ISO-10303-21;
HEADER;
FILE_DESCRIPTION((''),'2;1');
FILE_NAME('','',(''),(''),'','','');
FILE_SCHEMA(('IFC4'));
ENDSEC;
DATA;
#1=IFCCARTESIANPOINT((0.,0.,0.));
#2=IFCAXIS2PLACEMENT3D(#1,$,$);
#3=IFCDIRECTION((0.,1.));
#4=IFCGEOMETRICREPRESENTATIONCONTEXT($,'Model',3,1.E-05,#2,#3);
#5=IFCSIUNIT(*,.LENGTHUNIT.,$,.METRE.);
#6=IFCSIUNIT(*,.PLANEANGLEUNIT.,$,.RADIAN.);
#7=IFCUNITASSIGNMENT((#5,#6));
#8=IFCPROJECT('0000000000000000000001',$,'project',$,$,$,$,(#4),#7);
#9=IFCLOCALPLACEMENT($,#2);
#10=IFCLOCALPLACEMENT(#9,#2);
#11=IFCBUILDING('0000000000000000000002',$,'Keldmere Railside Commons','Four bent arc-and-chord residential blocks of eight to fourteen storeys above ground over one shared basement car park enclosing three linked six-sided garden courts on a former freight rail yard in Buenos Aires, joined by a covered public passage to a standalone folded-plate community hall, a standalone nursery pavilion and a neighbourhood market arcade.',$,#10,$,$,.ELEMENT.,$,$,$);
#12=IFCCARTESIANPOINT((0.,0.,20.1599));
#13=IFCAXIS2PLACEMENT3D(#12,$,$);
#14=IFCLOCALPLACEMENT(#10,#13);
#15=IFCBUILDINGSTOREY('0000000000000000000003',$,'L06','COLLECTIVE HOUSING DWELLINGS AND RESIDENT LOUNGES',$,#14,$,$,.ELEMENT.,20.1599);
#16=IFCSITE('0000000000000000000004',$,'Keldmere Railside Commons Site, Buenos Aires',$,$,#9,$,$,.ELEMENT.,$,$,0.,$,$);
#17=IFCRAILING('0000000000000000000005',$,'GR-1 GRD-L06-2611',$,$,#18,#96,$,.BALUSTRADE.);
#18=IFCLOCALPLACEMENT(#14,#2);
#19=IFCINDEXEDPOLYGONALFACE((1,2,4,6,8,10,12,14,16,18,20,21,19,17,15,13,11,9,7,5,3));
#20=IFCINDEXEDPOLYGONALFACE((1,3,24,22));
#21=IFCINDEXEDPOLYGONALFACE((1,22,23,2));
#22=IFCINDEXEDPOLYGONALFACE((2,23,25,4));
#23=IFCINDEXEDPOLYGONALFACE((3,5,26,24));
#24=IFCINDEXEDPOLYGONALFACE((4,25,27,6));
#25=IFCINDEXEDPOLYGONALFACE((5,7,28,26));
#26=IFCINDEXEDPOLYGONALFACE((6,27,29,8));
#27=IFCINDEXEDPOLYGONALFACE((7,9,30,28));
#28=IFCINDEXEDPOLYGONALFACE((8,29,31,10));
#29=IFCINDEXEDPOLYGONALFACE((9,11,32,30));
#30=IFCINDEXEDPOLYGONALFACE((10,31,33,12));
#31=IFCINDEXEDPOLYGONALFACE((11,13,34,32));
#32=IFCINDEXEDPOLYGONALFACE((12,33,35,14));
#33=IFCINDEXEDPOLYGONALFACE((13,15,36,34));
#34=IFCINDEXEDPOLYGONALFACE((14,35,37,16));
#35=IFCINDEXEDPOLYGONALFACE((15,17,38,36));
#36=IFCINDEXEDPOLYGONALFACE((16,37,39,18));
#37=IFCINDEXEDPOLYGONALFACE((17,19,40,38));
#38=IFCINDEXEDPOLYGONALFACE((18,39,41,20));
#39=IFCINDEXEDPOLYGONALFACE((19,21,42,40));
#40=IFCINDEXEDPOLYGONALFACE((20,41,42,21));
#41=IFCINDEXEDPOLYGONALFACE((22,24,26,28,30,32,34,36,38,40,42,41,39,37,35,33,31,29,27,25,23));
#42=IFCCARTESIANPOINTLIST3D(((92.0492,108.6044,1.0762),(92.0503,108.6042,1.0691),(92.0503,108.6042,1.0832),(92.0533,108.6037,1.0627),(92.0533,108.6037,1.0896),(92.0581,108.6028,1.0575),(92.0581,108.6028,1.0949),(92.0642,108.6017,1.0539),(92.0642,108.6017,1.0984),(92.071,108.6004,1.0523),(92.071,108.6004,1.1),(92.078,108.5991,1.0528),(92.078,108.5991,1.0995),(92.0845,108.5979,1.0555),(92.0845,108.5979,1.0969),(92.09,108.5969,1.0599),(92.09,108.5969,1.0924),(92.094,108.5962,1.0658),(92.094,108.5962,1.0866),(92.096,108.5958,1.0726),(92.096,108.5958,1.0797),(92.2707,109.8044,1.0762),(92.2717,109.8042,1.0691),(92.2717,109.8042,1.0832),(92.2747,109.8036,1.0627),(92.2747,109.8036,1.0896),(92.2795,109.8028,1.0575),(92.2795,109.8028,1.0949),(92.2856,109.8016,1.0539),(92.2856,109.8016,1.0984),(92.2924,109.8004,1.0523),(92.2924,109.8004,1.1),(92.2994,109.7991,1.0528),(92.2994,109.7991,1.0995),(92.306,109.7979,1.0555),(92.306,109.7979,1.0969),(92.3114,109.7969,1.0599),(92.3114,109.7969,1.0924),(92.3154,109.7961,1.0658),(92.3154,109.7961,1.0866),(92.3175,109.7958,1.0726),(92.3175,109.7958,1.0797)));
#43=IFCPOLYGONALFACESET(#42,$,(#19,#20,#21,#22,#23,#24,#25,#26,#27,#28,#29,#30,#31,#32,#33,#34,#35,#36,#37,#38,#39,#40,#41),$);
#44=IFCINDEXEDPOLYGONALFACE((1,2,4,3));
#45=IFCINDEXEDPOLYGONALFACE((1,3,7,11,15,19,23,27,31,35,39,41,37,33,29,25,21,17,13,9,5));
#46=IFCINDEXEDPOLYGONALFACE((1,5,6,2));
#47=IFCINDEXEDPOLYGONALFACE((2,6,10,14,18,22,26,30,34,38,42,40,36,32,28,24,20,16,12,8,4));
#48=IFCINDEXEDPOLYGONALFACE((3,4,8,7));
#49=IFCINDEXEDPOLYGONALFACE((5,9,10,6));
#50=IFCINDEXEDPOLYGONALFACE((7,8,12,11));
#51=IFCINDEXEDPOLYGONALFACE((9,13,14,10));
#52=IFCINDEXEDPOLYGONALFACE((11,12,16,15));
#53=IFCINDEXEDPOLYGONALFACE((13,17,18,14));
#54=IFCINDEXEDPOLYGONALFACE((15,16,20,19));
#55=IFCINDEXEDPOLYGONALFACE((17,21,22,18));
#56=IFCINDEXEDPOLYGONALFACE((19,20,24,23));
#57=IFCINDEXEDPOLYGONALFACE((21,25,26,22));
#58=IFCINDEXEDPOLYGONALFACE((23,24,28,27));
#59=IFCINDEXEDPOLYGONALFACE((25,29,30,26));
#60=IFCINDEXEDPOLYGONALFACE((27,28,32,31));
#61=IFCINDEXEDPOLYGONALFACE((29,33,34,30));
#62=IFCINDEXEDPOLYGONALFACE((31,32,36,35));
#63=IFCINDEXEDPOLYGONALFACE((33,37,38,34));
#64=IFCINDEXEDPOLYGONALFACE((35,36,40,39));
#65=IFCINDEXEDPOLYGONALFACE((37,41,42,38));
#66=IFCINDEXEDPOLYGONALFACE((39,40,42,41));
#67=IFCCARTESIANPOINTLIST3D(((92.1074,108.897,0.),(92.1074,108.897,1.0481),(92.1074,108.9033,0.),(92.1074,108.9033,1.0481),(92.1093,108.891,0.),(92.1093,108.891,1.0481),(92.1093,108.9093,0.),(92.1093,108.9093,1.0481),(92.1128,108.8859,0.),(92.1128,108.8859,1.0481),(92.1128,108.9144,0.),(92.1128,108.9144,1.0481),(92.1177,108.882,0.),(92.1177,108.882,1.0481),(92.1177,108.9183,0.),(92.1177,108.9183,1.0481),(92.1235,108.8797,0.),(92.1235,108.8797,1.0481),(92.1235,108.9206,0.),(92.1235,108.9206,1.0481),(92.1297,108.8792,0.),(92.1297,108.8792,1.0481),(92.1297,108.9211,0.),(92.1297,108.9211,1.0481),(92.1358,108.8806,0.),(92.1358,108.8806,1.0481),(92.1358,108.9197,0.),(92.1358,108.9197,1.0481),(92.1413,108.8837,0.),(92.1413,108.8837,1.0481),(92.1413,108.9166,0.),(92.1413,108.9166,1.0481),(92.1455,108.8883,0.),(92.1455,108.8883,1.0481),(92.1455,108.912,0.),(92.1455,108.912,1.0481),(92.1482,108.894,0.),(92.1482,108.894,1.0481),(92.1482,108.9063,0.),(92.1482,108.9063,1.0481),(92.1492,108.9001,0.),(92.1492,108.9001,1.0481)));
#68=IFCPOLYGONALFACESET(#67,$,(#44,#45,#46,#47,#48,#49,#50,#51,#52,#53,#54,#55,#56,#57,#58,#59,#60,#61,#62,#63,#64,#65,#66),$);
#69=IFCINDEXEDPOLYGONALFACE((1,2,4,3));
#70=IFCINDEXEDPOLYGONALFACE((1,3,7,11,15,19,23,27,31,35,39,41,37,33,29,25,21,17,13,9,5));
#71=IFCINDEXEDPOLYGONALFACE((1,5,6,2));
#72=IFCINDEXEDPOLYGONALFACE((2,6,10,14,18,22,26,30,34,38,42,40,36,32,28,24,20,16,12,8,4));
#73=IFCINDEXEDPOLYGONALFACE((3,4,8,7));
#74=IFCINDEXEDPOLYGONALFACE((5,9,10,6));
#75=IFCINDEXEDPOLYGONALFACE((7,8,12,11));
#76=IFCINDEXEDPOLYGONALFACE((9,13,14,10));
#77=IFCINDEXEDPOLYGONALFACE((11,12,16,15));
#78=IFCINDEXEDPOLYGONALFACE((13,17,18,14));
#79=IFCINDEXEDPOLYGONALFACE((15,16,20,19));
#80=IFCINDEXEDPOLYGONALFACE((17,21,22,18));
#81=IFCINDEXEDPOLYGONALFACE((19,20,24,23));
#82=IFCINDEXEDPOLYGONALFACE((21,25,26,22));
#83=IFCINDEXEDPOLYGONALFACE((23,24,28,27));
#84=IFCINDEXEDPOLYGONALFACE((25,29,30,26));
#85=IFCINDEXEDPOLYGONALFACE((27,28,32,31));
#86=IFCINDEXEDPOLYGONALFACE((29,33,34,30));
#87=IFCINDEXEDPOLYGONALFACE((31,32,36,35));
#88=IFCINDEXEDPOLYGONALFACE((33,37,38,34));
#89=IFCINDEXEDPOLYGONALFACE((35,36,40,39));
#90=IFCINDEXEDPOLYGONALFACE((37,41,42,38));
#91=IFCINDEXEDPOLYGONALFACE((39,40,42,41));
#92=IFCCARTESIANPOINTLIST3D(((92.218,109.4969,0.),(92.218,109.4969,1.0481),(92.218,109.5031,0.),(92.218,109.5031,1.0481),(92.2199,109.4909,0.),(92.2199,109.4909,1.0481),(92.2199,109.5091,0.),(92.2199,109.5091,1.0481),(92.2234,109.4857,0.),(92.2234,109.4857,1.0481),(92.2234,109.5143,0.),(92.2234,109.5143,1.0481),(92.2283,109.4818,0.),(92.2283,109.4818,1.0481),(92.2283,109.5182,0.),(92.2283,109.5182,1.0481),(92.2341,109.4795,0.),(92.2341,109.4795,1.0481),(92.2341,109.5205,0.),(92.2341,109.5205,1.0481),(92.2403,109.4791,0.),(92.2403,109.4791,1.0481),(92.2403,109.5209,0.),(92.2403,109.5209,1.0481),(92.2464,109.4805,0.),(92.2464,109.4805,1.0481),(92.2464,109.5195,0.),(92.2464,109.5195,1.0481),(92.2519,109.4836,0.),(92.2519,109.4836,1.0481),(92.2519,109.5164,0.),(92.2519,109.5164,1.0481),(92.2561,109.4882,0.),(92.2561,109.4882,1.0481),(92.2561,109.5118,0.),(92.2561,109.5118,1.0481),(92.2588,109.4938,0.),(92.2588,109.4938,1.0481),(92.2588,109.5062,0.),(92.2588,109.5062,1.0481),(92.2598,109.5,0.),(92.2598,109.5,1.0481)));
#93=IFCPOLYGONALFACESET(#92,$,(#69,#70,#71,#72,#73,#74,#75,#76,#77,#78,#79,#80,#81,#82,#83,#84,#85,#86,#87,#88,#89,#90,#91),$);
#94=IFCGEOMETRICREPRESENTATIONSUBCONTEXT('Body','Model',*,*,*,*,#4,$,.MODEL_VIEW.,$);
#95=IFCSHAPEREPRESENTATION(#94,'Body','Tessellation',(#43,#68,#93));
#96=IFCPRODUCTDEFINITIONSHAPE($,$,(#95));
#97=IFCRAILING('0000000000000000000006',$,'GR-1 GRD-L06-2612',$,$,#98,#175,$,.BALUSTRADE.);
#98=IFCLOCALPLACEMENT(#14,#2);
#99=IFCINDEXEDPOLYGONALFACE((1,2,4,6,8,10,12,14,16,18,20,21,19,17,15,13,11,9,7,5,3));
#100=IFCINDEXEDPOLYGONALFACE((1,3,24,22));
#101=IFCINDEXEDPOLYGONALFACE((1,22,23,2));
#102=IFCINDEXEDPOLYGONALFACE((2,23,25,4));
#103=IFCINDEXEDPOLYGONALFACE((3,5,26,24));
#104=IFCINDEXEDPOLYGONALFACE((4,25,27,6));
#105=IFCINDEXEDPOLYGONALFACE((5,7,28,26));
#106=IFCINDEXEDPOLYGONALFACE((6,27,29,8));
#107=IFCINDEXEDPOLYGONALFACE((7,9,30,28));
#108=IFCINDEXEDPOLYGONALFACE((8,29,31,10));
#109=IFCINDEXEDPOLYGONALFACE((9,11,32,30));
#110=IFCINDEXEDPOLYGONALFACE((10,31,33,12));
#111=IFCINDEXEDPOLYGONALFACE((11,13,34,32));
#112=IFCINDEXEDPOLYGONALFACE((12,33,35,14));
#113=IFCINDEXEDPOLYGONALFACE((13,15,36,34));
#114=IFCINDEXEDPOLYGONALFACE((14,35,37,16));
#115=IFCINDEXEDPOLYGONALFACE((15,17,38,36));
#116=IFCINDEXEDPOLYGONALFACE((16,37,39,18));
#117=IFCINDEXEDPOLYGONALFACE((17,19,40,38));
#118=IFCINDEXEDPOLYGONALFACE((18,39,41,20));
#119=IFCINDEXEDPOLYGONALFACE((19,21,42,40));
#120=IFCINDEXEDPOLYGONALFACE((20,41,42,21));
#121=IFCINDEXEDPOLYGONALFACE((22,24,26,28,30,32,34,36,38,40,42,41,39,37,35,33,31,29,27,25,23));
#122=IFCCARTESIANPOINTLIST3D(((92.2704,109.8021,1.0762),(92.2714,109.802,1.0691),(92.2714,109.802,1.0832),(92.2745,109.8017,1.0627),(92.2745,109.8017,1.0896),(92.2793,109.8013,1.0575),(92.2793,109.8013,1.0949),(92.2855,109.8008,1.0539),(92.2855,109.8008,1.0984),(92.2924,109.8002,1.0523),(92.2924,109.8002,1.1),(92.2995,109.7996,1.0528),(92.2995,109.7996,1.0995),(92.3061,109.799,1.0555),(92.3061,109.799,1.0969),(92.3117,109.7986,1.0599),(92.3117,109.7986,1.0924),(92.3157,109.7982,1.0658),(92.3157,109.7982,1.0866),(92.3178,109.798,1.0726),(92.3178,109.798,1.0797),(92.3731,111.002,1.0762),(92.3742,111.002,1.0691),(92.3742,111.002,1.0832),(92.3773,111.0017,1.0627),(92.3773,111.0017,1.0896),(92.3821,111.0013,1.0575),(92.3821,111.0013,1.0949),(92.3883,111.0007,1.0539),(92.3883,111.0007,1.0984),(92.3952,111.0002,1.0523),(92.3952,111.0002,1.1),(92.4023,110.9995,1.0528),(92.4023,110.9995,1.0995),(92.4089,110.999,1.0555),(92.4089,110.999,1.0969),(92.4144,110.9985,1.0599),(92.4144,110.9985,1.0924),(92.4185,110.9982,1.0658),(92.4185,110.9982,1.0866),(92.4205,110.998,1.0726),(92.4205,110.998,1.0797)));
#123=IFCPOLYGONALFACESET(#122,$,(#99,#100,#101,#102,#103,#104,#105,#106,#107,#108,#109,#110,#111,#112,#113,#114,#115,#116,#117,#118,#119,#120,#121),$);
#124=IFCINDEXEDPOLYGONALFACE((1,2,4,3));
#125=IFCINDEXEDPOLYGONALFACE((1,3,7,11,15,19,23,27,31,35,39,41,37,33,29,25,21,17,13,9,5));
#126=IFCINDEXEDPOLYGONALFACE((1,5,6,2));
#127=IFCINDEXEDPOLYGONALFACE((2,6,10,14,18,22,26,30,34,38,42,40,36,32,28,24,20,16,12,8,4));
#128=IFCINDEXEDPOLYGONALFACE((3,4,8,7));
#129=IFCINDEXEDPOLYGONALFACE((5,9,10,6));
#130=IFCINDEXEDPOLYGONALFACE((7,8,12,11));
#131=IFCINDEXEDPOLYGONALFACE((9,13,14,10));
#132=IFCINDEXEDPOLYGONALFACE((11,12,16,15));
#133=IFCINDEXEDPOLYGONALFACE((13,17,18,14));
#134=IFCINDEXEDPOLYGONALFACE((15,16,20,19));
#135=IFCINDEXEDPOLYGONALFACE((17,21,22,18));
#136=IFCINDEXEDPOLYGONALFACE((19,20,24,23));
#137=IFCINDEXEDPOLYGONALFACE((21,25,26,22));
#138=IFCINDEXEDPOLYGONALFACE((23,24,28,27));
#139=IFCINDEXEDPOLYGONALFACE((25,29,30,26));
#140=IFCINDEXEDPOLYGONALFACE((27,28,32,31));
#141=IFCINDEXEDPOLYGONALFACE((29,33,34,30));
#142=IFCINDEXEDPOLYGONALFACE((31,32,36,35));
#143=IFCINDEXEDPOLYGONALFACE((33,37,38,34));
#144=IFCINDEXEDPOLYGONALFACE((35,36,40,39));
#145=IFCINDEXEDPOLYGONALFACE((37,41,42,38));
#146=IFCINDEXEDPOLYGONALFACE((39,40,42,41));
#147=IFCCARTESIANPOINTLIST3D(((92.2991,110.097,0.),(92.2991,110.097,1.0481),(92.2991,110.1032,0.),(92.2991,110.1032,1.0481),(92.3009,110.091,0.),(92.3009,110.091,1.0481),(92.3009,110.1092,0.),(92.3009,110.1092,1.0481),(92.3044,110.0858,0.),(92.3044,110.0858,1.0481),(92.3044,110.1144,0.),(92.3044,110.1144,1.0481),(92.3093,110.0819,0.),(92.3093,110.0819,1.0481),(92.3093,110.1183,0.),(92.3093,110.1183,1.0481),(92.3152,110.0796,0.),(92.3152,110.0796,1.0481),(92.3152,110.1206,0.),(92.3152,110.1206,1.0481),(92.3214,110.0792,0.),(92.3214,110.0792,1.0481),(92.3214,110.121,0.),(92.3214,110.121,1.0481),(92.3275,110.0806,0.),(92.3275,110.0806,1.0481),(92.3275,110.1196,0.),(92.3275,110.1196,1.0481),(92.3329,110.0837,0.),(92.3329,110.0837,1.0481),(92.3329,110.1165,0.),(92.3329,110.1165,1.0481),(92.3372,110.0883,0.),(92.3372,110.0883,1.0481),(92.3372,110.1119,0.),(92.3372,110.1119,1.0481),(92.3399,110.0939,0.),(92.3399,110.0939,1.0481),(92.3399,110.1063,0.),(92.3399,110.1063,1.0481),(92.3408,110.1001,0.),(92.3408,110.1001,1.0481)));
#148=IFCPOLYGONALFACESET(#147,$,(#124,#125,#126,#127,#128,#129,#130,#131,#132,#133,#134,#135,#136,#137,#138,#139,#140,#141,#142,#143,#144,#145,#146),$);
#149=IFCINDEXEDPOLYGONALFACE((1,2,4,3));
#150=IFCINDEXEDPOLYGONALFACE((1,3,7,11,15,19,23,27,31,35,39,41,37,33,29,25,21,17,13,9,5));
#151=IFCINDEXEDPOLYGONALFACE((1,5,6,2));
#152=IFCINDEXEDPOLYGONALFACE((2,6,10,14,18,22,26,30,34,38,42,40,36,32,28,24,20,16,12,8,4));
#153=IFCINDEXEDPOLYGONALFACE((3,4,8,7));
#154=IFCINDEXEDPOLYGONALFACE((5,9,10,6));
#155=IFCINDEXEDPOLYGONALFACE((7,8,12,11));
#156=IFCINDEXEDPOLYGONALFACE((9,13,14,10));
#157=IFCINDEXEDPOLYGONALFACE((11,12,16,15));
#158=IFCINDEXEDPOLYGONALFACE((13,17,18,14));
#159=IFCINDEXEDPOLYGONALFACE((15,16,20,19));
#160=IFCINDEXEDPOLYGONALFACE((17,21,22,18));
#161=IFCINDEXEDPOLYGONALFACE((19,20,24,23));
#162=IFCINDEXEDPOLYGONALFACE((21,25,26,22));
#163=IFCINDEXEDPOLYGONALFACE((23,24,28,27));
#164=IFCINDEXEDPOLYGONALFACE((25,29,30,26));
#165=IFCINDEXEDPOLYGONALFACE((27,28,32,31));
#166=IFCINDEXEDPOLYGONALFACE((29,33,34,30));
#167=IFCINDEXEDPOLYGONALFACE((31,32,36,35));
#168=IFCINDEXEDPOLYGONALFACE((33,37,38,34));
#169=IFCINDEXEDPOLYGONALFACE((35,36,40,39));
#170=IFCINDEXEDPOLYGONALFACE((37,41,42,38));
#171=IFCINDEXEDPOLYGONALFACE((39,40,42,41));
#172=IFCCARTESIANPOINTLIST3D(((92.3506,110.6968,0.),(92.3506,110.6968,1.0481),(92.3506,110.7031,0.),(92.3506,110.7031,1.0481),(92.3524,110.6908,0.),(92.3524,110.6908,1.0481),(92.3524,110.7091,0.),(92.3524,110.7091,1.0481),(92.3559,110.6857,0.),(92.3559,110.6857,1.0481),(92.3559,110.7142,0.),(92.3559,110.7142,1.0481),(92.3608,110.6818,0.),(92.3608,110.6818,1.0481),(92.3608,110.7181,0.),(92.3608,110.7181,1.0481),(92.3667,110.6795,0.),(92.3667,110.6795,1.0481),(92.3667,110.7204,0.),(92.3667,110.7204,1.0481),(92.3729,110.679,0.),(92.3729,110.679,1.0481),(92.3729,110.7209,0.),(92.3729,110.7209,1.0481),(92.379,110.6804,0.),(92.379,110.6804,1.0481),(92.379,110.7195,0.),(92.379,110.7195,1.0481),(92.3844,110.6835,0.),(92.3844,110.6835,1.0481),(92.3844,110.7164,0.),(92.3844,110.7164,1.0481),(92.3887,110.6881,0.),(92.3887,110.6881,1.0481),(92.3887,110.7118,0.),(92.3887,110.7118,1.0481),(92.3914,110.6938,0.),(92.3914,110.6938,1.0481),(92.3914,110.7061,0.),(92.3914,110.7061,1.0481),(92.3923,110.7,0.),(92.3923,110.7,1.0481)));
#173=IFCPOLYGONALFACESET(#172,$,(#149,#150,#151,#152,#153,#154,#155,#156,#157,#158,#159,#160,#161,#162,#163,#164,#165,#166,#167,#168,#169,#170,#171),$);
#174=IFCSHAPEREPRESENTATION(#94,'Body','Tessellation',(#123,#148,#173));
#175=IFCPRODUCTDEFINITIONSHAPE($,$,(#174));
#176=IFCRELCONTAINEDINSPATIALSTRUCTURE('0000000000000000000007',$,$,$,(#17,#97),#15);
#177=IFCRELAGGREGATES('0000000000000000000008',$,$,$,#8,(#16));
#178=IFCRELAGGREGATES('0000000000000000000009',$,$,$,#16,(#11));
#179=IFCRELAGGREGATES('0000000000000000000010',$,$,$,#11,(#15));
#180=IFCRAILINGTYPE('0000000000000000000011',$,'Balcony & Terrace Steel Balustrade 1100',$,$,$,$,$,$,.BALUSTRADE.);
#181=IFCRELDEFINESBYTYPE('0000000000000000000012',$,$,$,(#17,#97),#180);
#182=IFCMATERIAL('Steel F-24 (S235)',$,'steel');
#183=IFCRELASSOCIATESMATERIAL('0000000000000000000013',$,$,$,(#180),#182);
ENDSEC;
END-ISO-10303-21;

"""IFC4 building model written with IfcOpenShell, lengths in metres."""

from ifc_helpers import new_model, si_unit, direction, frame, origin, origin_2d, place, context, subcontext, project, spatial, circle, extrude, material, type_object, element, save


model = new_model("IFC4")

# Units and contexts
model_context = context("Model", 3, precision=1e-05, world=origin(), true_north=direction((0.0, 1.0)))
body_context = subcontext(model_context, "Body", "Model", "MODEL_VIEW")
ifc_project = project(units=[si_unit("LENGTHUNIT", "METRE"), si_unit("PLANEANGLEUNIT", "RADIAN")], contexts=[model_context])

# Site, building, storey
site_placement = place(None, origin())
site = spatial("IfcSite", under=ifc_project, at=site_placement, Name="Keldmere Railside Commons Site, Buenos Aires", CompositionType="ELEMENT", RefElevation=0.0)
building_placement = place(site_placement, origin())
building = spatial("IfcBuilding", under=site, at=building_placement, Name="Keldmere Railside Commons", Description="Four bent arc-and-chord residential blocks of eight to fourteen storeys above ground over one shared basement car park enclosing three linked six-sided garden courts on a former freight rail yard in Buenos Aires, joined by a covered public passage to a standalone folded-plate community hall, a standalone nursery pavilion and a neighbourhood market arcade.", CompositionType="ELEMENT")
storey_placement = place(building_placement, frame((0.0, 0.0, 20.1599)))
storey = spatial("IfcBuildingStorey", under=building, at=storey_placement, Name="L06", Description="COLLECTIVE HOUSING DWELLINGS AND RESIDENT LOUNGES", CompositionType="ELEMENT", Elevation=20.1599)

# Railings
ifc_material_1 = material(Name="Steel F-24 (S235)", Category="steel")
railing_type = type_object("IfcRailingType", Name="Balcony & Terrace Steel Balustrade 1100", PredefinedType="BALUSTRADE", material=ifc_material_1)
railing_1_placement = place(storey_placement, frame((92.0728, 108.6001, 0.0)))
element("IfcRailing", 1, at=railing_1_placement, inside=storey, type_object=railing_type, Name="GR-1 GRD-L06-2611", PredefinedType="BALUSTRADE", context=body_context, shape_type="SweptSolid", body=[
    extrude(circle(Radius=0.0239, at=origin_2d()), frame((0.0, 0.0, 1.0762), z_axis=(0.181473, 0.983396, 0.0), x_axis=(-0.983396, 0.181473, 0.0)), (0.0, 0.0, 1.0), 1.2202),
    extrude(circle(Radius=0.021, at=origin_2d()), frame((0.0554, 0.3, 0.0)), (0.0, 0.0, 1.0), 1.0481),
    extrude(circle(Radius=0.021, at=origin_2d()), frame((0.166, 0.8999, 0.0)), (0.0, 0.0, 1.0), 1.0481),
])
railing_2_placement = place(storey_placement, frame((92.2942, 109.8, 0.0)))
element("IfcRailing", 2, at=railing_2_placement, inside=storey, type_object=railing_type, Name="GR-1 GRD-L06-2612", PredefinedType="BALUSTRADE", context=body_context, shape_type="SweptSolid", body=[
    extrude(circle(Radius=0.0239, at=origin_2d()), frame((0.0, 0.0, 1.0762), z_axis=(0.085344, 0.996352, 0.0), x_axis=(-0.996352, 0.085344, 0.0)), (0.0, 0.0, 1.0), 1.2043),
    extrude(circle(Radius=0.021, at=origin_2d()), frame((0.0256, 0.3, 0.0)), (0.0, 0.0, 1.0), 1.0481),
    extrude(circle(Radius=0.021, at=origin_2d()), frame((0.0771, 0.8999, 0.0)), (0.0, 0.0, 1.0), 1.0481),
])

save(model, "model.ifc")
